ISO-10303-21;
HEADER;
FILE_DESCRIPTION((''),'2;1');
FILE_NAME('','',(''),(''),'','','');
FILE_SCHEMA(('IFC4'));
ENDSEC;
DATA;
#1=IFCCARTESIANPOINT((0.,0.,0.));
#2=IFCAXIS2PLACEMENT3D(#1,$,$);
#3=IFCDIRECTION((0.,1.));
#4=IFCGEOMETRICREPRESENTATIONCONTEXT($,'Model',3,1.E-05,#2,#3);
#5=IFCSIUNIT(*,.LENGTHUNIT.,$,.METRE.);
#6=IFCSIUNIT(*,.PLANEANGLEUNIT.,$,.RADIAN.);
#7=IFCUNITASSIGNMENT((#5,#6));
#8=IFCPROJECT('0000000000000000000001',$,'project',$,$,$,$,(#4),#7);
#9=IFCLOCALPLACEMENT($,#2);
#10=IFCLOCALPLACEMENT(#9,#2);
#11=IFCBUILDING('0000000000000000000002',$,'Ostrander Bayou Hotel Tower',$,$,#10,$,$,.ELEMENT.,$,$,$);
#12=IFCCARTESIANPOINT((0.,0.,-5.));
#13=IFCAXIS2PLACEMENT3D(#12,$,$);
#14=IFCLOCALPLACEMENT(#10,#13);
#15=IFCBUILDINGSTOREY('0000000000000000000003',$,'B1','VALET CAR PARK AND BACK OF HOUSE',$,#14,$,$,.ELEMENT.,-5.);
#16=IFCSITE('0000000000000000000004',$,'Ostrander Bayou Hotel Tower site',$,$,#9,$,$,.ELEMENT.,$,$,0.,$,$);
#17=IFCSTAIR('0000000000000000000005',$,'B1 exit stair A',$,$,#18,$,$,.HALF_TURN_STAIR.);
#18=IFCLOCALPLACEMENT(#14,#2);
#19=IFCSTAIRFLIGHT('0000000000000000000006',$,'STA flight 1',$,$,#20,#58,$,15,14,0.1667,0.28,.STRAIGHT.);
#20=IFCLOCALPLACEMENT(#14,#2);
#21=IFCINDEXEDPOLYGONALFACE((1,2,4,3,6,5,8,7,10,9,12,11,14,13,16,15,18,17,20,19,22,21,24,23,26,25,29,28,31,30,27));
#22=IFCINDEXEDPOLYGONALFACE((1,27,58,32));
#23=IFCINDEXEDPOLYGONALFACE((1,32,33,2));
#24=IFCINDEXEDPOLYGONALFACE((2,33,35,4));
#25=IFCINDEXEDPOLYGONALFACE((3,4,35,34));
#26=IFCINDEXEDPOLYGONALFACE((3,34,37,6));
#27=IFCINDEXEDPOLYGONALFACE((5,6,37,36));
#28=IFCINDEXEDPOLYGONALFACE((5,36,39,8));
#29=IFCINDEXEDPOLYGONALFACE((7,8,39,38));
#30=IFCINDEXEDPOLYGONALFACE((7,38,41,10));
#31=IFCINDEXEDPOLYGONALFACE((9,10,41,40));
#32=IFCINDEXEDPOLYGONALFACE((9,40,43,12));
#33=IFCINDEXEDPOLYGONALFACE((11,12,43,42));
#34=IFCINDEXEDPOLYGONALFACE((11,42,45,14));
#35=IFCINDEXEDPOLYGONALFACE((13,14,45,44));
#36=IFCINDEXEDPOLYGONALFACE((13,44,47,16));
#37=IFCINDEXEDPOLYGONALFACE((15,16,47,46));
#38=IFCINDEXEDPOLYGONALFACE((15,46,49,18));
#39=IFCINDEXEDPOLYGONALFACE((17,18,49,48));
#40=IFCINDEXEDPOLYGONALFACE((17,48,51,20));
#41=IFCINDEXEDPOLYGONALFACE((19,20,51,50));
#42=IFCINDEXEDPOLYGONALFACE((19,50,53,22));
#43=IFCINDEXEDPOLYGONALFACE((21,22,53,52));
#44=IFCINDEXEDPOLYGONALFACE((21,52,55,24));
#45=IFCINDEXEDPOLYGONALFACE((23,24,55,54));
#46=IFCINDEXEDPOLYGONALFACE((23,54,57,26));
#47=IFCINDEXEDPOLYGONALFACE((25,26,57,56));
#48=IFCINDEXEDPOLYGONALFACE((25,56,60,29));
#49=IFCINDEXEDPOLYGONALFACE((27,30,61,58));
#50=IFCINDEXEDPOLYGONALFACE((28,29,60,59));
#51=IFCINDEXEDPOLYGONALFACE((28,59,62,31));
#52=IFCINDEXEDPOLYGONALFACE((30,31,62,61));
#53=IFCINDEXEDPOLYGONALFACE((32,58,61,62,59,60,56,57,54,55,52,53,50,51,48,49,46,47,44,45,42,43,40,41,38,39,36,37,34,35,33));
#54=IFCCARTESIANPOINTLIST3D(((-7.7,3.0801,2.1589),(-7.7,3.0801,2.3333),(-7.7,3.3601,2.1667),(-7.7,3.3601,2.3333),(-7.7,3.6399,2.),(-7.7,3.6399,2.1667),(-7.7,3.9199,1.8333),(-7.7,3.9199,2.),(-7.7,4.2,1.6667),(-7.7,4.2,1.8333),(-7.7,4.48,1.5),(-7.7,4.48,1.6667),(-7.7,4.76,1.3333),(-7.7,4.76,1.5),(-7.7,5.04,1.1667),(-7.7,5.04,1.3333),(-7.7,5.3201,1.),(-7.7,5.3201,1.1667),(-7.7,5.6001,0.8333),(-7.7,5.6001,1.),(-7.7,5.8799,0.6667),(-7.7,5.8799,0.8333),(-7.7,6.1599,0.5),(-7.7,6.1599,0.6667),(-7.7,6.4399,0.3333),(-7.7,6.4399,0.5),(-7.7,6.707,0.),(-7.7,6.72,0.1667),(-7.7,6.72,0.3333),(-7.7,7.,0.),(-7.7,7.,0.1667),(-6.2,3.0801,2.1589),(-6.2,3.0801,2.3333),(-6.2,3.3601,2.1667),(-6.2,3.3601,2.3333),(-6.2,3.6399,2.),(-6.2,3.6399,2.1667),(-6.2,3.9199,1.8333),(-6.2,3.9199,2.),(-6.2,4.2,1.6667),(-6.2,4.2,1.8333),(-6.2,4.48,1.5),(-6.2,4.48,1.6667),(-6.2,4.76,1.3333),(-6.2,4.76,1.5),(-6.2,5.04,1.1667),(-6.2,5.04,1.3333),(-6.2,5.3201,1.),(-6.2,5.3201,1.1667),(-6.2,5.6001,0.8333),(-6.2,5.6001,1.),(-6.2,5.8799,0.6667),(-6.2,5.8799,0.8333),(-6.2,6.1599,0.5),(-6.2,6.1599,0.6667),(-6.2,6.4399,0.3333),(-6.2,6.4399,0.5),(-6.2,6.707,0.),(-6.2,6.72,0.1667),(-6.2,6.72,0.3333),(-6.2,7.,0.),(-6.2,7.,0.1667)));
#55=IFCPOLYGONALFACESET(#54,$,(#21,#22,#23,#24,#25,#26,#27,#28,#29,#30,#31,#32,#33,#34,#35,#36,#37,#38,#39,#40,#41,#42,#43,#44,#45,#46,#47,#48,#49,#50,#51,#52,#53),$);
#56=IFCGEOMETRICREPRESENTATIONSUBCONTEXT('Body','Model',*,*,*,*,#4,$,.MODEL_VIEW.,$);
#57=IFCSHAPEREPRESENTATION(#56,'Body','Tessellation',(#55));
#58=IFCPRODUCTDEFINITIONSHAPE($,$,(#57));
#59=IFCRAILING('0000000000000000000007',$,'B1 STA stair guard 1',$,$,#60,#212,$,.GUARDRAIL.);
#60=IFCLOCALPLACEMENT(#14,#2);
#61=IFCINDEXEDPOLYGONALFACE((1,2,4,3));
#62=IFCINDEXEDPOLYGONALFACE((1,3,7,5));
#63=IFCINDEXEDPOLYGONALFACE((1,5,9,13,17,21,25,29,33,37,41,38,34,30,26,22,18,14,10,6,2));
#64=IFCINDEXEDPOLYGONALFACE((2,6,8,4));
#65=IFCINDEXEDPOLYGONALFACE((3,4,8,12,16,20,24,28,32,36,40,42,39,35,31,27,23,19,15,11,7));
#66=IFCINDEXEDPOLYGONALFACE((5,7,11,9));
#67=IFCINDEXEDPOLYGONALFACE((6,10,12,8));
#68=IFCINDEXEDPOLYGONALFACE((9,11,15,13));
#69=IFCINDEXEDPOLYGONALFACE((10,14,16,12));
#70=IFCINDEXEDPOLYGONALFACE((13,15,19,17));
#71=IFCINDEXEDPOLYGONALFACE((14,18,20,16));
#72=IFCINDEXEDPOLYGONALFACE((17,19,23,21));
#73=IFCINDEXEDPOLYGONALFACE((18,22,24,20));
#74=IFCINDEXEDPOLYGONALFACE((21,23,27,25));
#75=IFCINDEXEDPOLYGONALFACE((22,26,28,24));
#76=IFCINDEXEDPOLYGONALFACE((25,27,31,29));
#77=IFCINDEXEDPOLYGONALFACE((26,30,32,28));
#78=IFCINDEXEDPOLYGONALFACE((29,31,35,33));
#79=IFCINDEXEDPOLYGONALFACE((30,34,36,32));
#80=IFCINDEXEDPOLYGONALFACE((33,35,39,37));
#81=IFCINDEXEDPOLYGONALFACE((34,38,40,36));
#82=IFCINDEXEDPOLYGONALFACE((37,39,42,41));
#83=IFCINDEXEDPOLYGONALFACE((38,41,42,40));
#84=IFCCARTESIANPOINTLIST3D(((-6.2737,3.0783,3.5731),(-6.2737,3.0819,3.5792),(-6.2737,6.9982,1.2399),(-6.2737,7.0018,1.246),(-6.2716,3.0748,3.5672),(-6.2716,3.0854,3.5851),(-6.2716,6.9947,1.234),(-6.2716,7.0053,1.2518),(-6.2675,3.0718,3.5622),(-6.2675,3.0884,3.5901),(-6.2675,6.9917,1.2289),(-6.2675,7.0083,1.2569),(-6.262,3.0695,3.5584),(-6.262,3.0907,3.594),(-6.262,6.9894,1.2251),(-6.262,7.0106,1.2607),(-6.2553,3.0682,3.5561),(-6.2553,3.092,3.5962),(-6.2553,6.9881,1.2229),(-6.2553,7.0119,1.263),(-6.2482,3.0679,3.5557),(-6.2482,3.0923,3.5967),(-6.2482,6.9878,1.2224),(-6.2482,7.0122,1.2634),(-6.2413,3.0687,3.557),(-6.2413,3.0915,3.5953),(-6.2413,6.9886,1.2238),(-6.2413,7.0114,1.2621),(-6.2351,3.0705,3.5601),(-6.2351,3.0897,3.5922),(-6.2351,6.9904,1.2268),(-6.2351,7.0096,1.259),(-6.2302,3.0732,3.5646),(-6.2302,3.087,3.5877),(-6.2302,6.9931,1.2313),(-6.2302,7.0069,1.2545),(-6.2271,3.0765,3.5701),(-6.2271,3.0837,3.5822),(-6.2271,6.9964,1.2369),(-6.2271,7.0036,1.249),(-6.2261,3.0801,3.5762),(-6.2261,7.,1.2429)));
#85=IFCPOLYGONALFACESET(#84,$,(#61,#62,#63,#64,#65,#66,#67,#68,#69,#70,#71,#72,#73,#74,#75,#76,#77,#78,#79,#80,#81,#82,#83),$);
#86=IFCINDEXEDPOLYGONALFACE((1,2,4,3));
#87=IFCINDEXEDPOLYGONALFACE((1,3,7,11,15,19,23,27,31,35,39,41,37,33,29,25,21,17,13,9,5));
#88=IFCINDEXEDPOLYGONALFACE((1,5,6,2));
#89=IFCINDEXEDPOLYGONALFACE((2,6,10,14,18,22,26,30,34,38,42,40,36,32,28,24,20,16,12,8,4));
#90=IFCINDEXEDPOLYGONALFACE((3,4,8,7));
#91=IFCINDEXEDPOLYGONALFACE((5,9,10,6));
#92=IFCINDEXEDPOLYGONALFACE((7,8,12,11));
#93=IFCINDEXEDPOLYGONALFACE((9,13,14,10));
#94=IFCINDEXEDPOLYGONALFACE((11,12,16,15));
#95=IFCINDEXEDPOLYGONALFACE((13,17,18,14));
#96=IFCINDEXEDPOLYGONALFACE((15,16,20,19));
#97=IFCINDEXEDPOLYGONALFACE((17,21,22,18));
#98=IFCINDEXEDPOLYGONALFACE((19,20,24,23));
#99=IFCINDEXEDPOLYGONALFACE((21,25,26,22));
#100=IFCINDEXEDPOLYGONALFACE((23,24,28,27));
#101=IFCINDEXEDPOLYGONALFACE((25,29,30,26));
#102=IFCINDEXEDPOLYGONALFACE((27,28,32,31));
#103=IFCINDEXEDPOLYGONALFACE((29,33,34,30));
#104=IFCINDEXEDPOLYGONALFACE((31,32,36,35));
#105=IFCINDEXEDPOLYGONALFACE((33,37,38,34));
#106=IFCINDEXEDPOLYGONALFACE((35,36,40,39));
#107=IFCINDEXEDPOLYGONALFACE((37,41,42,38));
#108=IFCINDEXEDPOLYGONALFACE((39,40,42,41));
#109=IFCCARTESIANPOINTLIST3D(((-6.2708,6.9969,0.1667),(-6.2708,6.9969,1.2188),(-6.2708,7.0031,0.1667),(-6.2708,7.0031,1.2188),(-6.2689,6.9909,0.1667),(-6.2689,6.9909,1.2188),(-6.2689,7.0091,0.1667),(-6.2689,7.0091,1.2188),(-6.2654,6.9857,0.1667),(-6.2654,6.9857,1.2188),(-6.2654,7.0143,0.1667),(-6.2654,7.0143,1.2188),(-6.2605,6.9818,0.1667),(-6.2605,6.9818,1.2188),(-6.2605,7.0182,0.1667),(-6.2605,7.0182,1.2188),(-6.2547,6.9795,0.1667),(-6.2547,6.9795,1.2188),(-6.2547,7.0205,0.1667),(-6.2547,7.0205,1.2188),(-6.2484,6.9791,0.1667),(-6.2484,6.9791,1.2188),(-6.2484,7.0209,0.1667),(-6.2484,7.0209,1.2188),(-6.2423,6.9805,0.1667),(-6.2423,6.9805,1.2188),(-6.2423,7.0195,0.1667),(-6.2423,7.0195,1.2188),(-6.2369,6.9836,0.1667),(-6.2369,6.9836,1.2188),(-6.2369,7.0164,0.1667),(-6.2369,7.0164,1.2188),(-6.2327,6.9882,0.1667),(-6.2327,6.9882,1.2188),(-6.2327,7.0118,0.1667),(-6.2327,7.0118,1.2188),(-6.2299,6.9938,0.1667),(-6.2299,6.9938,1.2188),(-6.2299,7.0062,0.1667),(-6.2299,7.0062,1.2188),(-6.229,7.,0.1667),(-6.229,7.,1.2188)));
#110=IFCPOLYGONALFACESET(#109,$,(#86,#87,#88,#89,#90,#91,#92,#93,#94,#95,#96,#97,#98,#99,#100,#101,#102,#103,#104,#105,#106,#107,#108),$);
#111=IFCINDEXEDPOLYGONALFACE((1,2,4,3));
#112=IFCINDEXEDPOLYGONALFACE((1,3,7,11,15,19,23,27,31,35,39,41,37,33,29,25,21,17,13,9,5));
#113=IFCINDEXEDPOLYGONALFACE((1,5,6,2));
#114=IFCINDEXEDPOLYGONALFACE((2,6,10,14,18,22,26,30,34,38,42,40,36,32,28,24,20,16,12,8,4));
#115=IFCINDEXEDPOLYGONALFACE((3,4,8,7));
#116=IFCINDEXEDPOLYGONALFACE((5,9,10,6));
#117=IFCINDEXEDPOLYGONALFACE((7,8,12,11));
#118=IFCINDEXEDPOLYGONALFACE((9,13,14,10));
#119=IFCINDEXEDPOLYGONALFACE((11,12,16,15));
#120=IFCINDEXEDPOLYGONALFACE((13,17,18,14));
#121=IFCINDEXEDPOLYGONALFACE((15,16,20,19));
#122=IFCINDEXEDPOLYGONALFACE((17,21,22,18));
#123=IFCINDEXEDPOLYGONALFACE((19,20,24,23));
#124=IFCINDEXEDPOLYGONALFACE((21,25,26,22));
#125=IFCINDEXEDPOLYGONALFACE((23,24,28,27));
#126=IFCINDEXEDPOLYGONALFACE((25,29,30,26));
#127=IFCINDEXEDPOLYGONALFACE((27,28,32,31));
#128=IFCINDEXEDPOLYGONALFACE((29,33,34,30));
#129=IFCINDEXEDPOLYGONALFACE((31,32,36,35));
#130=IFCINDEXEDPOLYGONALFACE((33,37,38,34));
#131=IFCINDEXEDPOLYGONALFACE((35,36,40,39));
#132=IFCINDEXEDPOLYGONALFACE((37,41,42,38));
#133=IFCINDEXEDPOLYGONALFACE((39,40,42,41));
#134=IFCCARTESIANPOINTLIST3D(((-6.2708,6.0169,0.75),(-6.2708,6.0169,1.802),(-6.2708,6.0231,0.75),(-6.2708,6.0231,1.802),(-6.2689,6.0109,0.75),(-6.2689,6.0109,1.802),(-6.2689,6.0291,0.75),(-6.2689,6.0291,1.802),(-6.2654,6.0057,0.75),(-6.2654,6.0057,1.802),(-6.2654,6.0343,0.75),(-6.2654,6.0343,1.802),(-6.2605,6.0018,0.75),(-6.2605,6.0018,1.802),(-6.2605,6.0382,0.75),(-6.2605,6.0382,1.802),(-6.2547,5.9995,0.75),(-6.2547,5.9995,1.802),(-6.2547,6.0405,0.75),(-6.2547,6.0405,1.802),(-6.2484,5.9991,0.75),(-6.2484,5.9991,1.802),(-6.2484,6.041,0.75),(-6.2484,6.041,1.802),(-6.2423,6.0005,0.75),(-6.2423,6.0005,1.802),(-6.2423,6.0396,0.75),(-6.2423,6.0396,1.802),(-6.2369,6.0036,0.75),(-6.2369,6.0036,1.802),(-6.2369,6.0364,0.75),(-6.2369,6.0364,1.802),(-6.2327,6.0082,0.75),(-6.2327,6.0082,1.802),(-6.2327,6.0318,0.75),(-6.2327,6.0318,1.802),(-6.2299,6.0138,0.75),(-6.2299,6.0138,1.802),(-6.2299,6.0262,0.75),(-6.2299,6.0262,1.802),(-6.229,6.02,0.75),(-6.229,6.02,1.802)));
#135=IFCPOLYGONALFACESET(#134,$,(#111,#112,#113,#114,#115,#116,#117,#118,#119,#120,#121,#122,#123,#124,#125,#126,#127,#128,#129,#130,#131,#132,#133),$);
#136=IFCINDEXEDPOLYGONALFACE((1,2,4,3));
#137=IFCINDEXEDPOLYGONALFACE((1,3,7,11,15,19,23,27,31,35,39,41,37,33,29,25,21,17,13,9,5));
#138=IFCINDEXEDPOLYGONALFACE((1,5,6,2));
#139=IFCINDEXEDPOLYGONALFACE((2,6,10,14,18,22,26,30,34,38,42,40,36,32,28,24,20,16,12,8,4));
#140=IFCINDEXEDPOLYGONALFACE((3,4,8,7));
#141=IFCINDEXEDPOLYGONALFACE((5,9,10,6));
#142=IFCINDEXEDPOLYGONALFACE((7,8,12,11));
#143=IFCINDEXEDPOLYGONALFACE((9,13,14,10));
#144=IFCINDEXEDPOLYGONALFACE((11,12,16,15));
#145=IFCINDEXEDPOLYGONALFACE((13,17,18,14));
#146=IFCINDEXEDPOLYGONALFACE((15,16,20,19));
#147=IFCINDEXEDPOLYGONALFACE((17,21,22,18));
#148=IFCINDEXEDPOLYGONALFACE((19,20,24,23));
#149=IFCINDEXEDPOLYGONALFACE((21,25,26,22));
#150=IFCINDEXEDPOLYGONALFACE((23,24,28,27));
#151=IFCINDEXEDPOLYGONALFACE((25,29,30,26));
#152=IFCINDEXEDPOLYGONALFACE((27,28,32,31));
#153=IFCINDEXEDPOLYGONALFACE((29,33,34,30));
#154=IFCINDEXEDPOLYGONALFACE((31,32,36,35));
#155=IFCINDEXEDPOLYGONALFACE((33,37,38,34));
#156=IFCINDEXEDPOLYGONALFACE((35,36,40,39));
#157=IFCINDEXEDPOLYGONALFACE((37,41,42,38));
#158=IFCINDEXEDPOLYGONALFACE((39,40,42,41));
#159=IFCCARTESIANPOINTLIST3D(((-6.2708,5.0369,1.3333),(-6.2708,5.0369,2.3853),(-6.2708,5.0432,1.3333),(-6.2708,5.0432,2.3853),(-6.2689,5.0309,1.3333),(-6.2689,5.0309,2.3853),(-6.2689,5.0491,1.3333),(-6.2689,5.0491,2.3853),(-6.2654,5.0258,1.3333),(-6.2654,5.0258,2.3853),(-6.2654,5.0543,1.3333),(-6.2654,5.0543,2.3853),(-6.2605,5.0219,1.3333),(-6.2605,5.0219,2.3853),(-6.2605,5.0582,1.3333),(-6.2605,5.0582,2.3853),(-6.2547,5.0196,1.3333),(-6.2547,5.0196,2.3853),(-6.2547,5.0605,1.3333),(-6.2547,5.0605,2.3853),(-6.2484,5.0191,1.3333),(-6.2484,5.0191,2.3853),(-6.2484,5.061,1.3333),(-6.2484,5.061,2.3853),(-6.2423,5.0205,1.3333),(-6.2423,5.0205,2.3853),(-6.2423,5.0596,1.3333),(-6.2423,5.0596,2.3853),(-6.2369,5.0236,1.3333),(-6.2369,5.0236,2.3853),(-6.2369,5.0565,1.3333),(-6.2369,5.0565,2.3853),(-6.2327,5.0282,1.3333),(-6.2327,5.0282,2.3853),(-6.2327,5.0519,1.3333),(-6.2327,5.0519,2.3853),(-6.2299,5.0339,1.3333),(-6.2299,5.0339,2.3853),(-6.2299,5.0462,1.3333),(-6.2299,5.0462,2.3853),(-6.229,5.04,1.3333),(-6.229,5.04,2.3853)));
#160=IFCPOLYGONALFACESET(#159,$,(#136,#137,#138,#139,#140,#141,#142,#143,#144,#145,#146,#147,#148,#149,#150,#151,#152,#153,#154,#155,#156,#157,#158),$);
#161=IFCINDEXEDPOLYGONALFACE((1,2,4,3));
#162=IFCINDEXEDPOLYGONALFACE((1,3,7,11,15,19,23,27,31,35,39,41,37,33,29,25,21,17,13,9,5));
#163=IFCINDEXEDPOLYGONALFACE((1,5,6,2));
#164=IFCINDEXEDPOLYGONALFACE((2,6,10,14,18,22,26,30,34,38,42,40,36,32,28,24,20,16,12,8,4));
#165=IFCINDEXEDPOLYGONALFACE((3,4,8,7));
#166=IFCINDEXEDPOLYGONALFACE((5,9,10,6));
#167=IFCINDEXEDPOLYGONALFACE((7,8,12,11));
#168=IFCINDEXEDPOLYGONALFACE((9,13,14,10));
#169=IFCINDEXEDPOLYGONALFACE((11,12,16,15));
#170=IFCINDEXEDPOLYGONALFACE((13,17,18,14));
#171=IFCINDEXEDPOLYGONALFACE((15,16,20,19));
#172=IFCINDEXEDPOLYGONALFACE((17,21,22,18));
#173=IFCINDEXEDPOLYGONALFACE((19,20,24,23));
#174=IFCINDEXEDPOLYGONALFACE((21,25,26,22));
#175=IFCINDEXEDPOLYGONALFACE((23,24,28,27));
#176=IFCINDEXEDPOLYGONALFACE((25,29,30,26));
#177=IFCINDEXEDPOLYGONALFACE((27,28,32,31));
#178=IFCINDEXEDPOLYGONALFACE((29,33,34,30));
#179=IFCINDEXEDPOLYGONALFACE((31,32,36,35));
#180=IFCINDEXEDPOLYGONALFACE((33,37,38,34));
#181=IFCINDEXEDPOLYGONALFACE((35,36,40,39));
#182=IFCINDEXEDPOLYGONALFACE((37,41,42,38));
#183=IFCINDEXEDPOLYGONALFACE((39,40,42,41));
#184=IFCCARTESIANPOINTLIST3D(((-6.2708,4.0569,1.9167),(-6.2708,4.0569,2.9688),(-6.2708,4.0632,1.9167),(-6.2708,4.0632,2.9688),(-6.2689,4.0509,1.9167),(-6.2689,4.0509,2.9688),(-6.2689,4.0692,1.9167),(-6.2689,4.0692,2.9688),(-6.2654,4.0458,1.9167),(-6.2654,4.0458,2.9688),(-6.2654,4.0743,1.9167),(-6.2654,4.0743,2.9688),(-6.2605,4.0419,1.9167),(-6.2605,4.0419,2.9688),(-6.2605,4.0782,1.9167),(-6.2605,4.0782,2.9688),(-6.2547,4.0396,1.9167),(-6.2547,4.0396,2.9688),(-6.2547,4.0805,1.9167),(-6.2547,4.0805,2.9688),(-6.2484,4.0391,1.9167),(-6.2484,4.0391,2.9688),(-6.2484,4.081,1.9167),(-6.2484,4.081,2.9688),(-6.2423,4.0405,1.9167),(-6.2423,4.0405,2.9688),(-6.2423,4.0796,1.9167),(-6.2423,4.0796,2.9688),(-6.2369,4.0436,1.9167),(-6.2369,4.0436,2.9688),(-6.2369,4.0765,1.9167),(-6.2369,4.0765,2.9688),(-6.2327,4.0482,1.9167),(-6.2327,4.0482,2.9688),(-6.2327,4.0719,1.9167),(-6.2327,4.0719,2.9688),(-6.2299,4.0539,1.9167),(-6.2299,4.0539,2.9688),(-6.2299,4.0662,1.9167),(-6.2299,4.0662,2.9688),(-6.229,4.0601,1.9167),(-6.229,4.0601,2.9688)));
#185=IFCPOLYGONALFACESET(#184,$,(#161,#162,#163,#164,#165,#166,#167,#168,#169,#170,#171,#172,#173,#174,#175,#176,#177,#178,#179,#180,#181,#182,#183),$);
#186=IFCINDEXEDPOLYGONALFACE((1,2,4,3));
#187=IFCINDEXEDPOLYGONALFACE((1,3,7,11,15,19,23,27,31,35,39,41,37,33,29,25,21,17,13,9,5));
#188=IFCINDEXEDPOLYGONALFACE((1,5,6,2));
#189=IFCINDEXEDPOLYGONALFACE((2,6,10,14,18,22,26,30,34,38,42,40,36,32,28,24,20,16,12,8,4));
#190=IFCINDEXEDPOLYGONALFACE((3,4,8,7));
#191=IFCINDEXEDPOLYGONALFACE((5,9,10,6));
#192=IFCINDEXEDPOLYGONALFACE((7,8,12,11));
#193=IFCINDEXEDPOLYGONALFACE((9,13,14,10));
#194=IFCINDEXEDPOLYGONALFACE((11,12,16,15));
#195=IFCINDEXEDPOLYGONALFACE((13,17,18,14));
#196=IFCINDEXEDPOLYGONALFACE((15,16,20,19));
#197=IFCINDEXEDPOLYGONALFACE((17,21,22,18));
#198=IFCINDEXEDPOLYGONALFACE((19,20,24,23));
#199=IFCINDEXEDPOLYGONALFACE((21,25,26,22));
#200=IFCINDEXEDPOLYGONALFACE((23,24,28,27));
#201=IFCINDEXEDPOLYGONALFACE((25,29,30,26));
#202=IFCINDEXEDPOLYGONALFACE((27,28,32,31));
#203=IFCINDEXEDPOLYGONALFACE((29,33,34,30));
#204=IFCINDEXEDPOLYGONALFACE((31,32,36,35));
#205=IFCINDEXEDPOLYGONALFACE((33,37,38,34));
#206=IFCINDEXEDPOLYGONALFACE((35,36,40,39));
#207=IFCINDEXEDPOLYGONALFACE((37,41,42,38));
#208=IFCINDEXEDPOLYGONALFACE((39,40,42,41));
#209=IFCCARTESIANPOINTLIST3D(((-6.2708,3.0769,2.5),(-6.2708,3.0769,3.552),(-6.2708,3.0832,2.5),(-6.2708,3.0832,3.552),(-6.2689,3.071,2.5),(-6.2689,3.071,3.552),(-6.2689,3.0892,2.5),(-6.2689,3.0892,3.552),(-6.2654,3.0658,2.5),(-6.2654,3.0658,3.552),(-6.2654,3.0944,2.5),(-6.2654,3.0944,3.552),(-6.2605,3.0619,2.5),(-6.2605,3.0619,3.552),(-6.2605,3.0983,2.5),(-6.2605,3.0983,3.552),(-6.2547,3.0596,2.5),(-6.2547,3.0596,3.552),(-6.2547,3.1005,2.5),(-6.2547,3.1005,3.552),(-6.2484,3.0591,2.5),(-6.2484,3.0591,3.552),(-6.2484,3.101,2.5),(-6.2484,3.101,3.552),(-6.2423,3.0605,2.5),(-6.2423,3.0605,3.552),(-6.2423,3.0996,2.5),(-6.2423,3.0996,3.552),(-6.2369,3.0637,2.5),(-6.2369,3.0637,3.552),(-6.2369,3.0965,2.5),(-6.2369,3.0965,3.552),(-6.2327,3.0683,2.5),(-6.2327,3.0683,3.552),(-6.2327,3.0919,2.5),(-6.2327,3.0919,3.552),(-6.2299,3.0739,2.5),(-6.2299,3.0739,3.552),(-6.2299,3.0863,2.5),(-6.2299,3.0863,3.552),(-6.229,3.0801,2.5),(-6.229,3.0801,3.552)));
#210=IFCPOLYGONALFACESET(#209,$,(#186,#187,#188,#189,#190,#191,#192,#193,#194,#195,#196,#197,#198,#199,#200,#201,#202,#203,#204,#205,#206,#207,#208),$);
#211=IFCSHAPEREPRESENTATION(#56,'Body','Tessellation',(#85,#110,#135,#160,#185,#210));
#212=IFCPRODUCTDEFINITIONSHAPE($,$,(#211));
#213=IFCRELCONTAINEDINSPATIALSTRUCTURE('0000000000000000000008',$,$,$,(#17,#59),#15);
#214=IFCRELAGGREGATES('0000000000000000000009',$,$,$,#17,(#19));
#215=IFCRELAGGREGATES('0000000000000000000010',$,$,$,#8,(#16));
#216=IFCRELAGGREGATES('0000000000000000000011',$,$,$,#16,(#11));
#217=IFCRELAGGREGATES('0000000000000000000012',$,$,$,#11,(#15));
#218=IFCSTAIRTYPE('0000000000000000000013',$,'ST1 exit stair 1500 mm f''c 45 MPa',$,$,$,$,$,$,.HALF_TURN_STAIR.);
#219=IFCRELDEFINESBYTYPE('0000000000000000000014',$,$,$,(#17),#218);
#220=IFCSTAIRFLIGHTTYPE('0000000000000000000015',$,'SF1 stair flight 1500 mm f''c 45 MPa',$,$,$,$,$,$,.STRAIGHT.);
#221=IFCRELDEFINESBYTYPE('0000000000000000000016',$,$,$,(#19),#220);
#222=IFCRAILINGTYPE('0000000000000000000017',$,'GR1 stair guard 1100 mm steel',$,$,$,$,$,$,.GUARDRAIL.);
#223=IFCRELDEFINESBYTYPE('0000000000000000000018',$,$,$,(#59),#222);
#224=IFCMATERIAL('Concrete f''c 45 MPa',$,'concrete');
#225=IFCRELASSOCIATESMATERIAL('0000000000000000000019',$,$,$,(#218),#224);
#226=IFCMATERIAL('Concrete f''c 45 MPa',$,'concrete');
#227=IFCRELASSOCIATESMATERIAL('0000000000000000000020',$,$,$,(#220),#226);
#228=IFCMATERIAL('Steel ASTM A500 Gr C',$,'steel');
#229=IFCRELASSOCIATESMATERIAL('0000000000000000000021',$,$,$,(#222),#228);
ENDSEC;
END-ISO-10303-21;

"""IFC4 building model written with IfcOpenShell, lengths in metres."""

from ifc_helpers import new_model, si_unit, direction, frame, origin, origin_2d, place, context, subcontext, project, spatial, polyline, circle, outline, extrude, material, type_object, element, aggregate, save


model = new_model("IFC4")

# Units and contexts
model_context = context("Model", 3, precision=1e-05, world=origin(), true_north=direction((0.0, 1.0)))
body_context = subcontext(model_context, "Body", "Model", "MODEL_VIEW")
ifc_project = project(units=[si_unit("LENGTHUNIT", "METRE"), si_unit("PLANEANGLEUNIT", "RADIAN")], contexts=[model_context])

# Site, building, storey
site_placement = place(None, origin())
site = spatial("IfcSite", under=ifc_project, at=site_placement, Name="Ostrander Bayou Hotel Tower site", CompositionType="ELEMENT", RefElevation=0.0)
building_placement = place(site_placement, origin())
building = spatial("IfcBuilding", under=site, at=building_placement, Name="Ostrander Bayou Hotel Tower", CompositionType="ELEMENT")
storey_placement = place(building_placement, frame((0.0, 0.0, -5.0)))
storey = spatial("IfcBuildingStorey", under=building, at=storey_placement, Name="B1", Description="VALET CAR PARK AND BACK OF HOUSE", CompositionType="ELEMENT", Elevation=-5.0)

# Stair, stair flight
ifc_material_1 = material(Name="Concrete f'c 45 MPa", Category="concrete")
stair_type = type_object("IfcStairType", Name="ST1 exit stair 1500 mm f'c 45 MPa", PredefinedType="HALF_TURN_STAIR", material=ifc_material_1)
stair_placement = place(storey_placement, origin())
stair = element("IfcStair", 1, at=stair_placement, inside=storey, type_object=stair_type, Name="B1 exit stair A", PredefinedType="HALF_TURN_STAIR")
ifc_material_2 = material(Name="Concrete f'c 45 MPa", Category="concrete")
stair_flight_type = type_object("IfcStairFlightType", Name="SF1 stair flight 1500 mm f'c 45 MPa", PredefinedType="STRAIGHT", material=ifc_material_2)
stair_flight_placement = place(storey_placement, frame((-6.95, 7.0, 0.0), z_axis=(0.0, 0.0, 1.0), x_axis=(0.0, -1.0, 0.0)))
stair_flight = element("IfcStairFlight", 2, at=stair_flight_placement, type_object=stair_flight_type, Name="STA flight 1", NumberOfRisers=15, NumberOfTreads=14, PredefinedType="STRAIGHT", RiserHeight=0.1667, TreadLength=0.28, context=body_context, shape_type="SweptSolid", body=[
    extrude(outline(polyline([(0.0, 0.0), (0.0, 0.1667), (0.28, 0.1667), (0.28, 0.3333), (0.5601, 0.3333), (0.5601, 0.5), (0.8401, 0.5), (0.8401, 0.6667), (1.1201, 0.6667), (1.1201, 0.8333), (1.3999, 0.8333), (1.3999, 1.0), (1.6799, 1.0), (1.6799, 1.1667), (1.96, 1.1667), (1.96, 1.3333), (2.24, 1.3333), (2.24, 1.5), (2.52, 1.5), (2.52, 1.6667), (2.8, 1.6667), (2.8, 1.8333), (3.0801, 1.8333), (3.0801, 2.0), (3.3601, 2.0), (3.3601, 2.1667), (3.6399, 2.1667), (3.6399, 2.3333), (3.9199, 2.3333), (3.9199, 2.5), (3.9199, 2.1589), (0.293, 0.0), (0.0, 0.0)])), frame((0.0, 0.75, 0.0), z_axis=(0.0, -1.0, 0.0), x_axis=(1.0, 0.0, 0.0)), (0.0, 0.0, 1.0), 1.5),
])
aggregate(stair, [stair_flight])

# Railing
ifc_material_3 = material(Name="Steel ASTM A500 Gr C", Category="steel")
railing_type_1 = type_object("IfcRailingType", Name="GR1 stair guard 1100 mm steel", PredefinedType="GUARDRAIL", material=ifc_material_3)
railing_1_placement = place(storey_placement, frame((-6.25, 7.0, 0.1667)))
element("IfcRailing", 3, at=railing_1_placement, inside=storey, type_object=railing_type_1, Name="B1 STA stair guard 1", PredefinedType="GUARDRAIL", context=body_context, shape_type="SweptSolid", body=[
    extrude(circle(Radius=0.0239, at=origin_2d()), frame((0.0, 0.0, 1.0762), z_axis=(0.0, -0.859296, 0.511478), x_axis=(1.0, 0.0, 0.0)), (0.0, 0.0, 1.0), 4.5618),
    extrude(circle(Radius=0.021, at=origin_2d()), origin(), (0.0, 0.0, 1.0), 1.052),
    extrude(circle(Radius=0.021, at=origin_2d()), frame((0.0, -0.98, 0.5833)), (0.0, 0.0, 1.0), 1.052),
    extrude(circle(Radius=0.021, at=origin_2d()), frame((0.0, -1.96, 1.1665)), (0.0, 0.0, 1.0), 1.052),
    extrude(circle(Radius=0.021, at=origin_2d()), frame((0.0, -2.9399, 1.75)), (0.0, 0.0, 1.0), 1.052),
    extrude(circle(Radius=0.021, at=origin_2d()), frame((0.0, -3.9199, 2.3333)), (0.0, 0.0, 1.0), 1.052),
])

save(model, "model.ifc")
